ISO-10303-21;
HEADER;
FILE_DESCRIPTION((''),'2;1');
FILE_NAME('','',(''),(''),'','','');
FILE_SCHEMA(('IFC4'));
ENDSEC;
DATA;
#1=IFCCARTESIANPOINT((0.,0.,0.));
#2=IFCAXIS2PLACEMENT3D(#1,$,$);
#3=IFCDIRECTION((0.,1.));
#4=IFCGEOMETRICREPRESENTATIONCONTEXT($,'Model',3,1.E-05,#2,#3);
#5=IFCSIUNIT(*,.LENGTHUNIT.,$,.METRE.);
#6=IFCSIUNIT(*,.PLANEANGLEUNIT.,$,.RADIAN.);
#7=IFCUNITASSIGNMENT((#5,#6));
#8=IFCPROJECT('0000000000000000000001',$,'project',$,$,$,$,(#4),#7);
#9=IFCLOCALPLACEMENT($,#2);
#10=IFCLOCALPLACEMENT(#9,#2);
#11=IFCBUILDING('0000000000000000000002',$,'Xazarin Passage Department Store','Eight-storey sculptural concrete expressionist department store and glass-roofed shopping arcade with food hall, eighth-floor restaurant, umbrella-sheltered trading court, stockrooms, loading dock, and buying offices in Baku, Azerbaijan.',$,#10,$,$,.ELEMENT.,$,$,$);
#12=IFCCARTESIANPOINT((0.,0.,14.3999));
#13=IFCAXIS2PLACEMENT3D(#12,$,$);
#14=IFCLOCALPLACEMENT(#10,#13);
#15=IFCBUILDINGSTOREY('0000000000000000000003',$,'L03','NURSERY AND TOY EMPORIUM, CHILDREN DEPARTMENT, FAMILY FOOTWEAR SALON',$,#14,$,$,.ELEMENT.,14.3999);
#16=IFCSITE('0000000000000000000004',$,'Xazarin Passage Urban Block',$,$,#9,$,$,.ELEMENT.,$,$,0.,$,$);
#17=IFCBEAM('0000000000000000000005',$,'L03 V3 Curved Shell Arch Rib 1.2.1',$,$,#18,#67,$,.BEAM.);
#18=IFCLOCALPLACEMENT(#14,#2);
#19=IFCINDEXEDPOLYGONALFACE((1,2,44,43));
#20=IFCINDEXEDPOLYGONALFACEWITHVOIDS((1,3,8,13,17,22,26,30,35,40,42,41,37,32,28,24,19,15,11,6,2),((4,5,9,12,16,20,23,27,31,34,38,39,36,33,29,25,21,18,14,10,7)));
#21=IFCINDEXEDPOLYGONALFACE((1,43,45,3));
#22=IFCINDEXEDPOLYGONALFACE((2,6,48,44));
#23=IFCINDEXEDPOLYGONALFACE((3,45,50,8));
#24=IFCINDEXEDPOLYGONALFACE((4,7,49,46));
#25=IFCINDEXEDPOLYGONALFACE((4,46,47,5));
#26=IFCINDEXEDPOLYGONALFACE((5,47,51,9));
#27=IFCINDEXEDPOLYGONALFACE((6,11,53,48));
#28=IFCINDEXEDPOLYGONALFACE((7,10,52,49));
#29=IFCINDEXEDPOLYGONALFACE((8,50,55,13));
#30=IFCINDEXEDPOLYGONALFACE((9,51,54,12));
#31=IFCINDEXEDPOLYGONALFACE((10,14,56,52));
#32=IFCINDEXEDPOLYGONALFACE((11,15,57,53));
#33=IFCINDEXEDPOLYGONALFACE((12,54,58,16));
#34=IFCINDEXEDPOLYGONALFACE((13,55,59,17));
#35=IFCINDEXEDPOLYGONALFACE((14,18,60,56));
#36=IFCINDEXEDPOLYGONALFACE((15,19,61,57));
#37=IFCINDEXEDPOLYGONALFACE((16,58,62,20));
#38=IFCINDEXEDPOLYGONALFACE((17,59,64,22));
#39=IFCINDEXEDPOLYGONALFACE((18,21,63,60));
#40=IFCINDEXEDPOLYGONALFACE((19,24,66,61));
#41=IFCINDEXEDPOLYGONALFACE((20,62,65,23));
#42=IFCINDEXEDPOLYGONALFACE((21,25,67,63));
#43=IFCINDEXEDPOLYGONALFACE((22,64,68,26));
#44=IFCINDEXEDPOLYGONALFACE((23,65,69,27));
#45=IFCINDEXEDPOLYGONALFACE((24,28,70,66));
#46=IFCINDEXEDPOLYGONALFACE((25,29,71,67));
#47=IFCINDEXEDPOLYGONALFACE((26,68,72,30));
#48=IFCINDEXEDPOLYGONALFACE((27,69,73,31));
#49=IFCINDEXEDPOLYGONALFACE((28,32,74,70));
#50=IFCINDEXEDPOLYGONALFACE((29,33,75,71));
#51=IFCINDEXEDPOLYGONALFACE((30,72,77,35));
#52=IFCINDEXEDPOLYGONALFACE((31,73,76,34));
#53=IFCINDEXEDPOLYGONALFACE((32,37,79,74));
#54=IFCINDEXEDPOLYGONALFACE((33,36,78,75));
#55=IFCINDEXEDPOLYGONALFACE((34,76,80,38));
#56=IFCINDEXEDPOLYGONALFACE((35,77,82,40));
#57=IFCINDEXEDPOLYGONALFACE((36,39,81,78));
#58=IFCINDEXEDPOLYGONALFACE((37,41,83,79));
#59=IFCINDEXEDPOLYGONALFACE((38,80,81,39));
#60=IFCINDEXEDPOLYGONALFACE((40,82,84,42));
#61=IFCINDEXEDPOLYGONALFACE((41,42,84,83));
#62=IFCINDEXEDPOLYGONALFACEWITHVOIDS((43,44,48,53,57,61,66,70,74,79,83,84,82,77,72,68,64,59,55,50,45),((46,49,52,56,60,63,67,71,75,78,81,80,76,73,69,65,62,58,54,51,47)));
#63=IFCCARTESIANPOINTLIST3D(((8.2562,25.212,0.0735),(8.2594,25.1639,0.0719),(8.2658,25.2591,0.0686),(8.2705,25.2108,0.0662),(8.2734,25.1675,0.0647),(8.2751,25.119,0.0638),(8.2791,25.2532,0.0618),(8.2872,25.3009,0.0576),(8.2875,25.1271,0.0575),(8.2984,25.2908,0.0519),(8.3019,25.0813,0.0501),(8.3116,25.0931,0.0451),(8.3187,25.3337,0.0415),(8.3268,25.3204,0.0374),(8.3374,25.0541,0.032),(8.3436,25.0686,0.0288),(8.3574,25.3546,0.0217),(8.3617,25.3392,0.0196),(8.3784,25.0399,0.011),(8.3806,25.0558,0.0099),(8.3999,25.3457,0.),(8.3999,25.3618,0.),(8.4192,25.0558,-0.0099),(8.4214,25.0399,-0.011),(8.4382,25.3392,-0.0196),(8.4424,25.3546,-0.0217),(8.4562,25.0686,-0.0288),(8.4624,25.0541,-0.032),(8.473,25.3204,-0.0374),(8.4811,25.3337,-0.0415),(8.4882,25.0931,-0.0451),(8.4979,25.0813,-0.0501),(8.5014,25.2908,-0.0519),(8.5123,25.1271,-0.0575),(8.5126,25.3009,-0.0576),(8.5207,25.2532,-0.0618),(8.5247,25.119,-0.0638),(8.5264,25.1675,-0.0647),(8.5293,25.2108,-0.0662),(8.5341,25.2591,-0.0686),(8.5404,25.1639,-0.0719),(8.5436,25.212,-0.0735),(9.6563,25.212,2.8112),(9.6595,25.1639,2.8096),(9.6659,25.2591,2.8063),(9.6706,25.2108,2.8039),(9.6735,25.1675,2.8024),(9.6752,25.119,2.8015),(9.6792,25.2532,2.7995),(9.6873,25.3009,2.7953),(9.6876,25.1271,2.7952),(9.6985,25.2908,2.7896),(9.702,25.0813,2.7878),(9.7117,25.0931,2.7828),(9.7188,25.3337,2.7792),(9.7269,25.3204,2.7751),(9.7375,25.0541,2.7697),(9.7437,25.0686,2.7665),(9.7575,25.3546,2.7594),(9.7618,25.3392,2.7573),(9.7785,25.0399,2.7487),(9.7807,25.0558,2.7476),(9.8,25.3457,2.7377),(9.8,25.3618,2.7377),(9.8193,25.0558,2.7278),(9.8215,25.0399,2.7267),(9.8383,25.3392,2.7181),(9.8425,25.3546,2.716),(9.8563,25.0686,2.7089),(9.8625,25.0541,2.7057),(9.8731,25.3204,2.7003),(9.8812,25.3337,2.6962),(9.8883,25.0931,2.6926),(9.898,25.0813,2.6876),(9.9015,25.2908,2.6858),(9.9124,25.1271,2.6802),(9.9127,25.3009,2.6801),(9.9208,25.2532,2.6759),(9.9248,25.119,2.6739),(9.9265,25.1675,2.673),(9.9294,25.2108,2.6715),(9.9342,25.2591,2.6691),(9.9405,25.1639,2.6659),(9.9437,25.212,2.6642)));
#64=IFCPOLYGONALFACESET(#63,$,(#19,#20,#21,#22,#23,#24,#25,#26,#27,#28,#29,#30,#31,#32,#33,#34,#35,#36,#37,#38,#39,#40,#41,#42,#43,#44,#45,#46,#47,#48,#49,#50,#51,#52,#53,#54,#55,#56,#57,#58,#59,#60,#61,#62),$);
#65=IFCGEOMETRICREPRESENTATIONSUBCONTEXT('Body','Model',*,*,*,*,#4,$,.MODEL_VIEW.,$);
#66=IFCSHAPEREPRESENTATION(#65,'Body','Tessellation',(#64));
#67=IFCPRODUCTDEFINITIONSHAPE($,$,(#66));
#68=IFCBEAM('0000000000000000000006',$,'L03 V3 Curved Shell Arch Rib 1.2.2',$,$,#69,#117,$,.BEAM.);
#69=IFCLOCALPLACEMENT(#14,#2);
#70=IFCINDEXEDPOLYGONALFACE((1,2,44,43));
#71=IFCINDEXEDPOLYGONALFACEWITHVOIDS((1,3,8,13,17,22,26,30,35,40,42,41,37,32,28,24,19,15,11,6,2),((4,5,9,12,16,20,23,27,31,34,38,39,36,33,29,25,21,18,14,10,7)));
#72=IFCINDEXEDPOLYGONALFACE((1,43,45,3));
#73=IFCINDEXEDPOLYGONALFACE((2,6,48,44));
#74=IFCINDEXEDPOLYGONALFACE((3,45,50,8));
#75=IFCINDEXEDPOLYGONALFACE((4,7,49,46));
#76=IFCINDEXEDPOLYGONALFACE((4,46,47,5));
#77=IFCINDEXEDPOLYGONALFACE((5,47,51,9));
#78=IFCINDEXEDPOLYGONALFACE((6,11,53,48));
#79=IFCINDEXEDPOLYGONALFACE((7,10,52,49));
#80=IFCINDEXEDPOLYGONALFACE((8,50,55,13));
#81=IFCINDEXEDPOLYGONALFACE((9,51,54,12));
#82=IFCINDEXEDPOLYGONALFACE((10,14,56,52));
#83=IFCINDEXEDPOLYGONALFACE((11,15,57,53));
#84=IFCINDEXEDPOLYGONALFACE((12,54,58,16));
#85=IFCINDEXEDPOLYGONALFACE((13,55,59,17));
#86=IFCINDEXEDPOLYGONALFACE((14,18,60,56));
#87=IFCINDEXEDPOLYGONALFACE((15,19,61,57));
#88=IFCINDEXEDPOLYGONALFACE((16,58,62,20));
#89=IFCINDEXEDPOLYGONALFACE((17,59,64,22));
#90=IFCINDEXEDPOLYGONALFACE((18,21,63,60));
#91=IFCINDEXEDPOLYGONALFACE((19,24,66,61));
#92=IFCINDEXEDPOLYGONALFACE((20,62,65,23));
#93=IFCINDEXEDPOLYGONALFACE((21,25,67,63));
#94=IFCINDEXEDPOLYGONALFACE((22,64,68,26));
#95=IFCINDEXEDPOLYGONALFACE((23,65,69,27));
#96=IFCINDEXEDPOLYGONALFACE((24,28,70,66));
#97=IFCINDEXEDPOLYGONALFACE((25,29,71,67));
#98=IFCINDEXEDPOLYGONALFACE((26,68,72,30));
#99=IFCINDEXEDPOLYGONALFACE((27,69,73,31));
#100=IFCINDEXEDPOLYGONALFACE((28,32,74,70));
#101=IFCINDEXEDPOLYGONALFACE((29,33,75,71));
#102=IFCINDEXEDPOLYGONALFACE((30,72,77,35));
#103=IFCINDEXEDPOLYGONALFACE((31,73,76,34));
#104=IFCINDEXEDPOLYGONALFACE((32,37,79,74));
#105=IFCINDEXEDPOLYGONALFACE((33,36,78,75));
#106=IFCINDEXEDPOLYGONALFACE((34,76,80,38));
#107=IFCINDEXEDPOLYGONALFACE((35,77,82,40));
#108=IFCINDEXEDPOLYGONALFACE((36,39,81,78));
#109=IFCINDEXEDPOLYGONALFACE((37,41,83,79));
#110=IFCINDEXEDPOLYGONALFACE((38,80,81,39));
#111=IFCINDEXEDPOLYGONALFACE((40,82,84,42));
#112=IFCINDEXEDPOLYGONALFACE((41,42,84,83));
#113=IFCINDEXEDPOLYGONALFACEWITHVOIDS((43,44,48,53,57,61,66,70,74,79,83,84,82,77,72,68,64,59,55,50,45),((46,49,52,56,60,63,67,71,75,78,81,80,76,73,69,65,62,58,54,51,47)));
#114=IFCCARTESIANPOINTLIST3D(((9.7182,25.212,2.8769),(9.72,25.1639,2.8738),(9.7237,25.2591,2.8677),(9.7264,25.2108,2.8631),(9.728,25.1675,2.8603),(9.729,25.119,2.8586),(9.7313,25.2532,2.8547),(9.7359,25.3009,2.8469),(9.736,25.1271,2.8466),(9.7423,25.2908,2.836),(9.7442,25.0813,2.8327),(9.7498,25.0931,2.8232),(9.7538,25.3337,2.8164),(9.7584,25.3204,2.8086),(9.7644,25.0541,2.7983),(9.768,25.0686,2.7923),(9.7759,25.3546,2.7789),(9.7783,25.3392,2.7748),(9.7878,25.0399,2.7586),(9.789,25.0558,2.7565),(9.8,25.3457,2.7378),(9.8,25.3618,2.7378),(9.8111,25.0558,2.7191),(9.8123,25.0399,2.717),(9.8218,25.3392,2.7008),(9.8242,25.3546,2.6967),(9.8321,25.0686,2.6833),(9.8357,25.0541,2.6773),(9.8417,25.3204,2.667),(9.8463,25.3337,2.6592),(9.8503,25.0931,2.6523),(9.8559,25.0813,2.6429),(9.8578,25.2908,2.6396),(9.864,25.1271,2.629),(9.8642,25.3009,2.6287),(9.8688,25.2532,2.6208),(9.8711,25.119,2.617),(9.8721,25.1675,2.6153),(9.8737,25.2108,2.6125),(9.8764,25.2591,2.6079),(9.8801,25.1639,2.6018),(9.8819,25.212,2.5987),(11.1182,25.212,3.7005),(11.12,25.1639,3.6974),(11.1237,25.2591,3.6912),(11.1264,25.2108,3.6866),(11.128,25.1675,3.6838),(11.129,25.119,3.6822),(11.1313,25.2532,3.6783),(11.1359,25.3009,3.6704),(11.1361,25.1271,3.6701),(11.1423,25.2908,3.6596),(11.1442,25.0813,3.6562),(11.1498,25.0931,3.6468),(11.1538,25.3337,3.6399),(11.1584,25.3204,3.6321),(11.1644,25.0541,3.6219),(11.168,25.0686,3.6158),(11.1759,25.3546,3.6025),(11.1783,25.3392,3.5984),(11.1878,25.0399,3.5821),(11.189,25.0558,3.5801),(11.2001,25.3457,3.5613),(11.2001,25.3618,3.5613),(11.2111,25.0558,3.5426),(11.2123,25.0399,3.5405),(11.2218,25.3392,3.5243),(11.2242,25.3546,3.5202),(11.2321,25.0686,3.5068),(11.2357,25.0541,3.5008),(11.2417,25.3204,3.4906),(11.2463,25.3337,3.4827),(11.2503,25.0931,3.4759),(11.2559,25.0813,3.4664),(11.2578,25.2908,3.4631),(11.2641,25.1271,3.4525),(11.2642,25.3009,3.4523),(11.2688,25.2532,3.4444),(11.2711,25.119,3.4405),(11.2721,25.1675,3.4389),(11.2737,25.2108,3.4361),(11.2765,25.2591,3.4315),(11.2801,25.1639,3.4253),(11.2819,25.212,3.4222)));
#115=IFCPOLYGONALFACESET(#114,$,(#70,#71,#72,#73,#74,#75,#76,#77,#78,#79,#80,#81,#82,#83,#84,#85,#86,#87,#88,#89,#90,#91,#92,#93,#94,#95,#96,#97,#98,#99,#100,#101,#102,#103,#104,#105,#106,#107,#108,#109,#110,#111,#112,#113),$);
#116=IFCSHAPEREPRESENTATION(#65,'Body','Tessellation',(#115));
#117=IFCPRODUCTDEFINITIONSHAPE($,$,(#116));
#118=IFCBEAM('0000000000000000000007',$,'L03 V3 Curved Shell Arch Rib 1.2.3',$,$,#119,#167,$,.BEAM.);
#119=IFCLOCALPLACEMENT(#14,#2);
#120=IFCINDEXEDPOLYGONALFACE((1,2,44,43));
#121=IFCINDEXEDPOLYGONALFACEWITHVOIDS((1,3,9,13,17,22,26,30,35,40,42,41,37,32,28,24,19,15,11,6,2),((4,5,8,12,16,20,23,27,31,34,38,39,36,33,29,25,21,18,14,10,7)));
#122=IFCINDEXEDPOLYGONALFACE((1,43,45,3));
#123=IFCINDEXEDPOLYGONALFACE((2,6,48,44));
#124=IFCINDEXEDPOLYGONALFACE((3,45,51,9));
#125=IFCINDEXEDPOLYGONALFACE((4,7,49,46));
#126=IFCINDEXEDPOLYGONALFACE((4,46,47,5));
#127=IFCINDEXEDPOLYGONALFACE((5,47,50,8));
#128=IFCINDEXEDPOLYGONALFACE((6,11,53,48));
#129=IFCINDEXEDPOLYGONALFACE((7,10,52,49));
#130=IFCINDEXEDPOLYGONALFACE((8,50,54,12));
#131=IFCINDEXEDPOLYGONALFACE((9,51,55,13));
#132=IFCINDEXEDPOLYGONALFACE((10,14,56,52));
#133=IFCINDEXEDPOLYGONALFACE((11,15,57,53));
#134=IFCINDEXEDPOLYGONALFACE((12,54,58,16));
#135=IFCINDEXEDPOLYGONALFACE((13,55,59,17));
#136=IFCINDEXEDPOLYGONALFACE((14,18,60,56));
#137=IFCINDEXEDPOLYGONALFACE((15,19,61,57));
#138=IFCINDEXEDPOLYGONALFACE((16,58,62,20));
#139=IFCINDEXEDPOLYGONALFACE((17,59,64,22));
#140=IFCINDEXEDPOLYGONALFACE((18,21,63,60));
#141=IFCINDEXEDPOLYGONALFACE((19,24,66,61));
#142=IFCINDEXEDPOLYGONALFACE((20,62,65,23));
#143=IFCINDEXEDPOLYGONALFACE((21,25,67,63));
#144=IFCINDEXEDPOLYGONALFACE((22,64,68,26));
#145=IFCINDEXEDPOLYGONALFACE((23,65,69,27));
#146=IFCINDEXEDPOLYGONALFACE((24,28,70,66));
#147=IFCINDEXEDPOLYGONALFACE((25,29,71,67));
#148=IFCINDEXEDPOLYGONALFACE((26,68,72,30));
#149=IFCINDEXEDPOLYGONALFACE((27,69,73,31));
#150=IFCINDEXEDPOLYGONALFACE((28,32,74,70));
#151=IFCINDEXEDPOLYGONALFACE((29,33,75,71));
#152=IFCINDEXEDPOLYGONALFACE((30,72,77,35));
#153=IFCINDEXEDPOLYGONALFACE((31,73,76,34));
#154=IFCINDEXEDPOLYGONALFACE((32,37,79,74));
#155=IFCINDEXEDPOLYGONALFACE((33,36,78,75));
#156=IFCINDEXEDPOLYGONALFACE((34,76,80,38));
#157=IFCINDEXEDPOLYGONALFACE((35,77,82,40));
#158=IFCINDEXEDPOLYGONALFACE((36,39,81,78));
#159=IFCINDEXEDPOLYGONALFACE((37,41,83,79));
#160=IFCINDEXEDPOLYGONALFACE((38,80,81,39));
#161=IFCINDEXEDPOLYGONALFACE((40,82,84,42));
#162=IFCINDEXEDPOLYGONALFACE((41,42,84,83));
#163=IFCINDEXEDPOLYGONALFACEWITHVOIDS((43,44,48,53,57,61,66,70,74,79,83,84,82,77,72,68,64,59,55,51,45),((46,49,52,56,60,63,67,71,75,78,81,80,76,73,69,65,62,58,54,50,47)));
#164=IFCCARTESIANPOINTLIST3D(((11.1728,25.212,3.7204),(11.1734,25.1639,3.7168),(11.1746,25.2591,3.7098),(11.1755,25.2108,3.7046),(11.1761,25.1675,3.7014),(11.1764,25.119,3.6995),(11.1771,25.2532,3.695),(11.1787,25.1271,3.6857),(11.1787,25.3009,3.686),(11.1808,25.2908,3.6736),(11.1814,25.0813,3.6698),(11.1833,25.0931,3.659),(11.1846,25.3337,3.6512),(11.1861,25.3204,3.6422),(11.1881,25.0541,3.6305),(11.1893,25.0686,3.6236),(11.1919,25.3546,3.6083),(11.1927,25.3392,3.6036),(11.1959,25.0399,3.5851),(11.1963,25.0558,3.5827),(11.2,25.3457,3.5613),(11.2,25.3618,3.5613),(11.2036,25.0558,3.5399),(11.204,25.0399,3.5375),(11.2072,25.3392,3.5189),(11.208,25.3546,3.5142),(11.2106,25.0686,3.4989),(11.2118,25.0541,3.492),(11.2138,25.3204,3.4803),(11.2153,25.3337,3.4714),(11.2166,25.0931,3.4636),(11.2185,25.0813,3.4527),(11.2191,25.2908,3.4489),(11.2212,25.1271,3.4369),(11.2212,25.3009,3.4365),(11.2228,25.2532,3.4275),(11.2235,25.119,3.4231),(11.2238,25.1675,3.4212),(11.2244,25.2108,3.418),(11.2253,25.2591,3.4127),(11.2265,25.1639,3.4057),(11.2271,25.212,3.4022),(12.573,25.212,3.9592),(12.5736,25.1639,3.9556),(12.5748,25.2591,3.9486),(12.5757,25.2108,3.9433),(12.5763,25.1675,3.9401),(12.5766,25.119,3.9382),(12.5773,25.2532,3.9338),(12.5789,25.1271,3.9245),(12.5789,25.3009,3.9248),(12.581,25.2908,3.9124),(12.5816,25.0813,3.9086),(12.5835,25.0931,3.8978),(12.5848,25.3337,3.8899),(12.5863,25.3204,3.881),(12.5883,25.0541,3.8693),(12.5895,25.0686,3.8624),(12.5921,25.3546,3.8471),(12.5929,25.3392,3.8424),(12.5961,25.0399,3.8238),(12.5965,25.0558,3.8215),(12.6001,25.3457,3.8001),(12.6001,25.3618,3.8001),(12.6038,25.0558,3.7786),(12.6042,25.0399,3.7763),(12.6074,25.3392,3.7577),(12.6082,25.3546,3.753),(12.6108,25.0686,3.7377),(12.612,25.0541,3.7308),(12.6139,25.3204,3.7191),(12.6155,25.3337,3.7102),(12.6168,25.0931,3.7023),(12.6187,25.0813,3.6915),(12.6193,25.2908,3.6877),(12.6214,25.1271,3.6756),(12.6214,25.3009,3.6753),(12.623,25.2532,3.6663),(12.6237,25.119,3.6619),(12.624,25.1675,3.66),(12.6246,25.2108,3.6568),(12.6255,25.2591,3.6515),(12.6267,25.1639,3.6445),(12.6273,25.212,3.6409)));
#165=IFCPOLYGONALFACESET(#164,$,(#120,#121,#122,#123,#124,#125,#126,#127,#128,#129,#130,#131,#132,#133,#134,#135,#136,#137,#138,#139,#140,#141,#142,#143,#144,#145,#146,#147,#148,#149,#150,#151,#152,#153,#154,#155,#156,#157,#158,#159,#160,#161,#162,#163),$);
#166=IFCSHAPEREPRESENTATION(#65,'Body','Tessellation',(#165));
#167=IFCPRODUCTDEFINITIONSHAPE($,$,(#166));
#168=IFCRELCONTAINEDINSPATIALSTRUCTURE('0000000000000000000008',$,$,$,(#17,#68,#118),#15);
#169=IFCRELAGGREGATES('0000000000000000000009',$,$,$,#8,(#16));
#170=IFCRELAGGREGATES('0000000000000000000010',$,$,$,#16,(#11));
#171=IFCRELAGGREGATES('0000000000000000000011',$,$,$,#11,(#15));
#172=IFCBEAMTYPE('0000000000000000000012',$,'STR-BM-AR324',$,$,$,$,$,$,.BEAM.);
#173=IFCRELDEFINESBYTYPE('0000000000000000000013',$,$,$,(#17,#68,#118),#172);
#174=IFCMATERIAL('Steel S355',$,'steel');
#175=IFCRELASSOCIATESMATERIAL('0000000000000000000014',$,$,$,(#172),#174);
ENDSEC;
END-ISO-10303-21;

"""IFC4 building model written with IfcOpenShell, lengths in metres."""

from ifc_helpers import new_model, si_unit, direction, frame, origin, origin_2d, place, context, subcontext, project, spatial, hollow_circle, extrude, material, material_profile, profile_set, type_object, element, save


model = new_model("IFC4")

# Units and contexts
model_context = context("Model", 3, precision=1e-05, world=origin(), true_north=direction((0.0, 1.0)))
body_context = subcontext(model_context, "Body", "Model", "MODEL_VIEW")
ifc_project = project(units=[si_unit("LENGTHUNIT", "METRE"), si_unit("PLANEANGLEUNIT", "RADIAN")], contexts=[model_context])

# Site, building, storey
site_placement = place(None, origin())
site = spatial("IfcSite", under=ifc_project, at=site_placement, Name="Xazarin Passage Urban Block", CompositionType="ELEMENT", RefElevation=0.0)
building_placement = place(site_placement, origin())
building = spatial("IfcBuilding", under=site, at=building_placement, Name="Xazarin Passage Department Store", Description="Eight-storey sculptural concrete expressionist department store and glass-roofed shopping arcade with food hall, eighth-floor restaurant, umbrella-sheltered trading court, stockrooms, loading dock, and buying offices in Baku, Azerbaijan.", CompositionType="ELEMENT")
storey_placement = place(building_placement, frame((0.0, 0.0, 14.3999)))
storey = spatial("IfcBuildingStorey", under=building, at=storey_placement, Name="L03", Description="NURSERY AND TOY EMPORIUM, CHILDREN DEPARTMENT, FAMILY FOOTWEAR SALON", CompositionType="ELEMENT", Elevation=14.3999)

# Beams
ifc_material_1 = material(Name="Steel S355", Category="steel")
ifc_material_profile_1 = material_profile(ifc_material_1, hollow_circle(Radius=0.1619, WallThickness=0.0161, at=origin_2d()), Name="CHS 323.9x16")
ifc_profile_set_1 = profile_set([ifc_material_profile_1], Name="Steel S355")
beam_type_1 = type_object("IfcBeamType", Name="STR-BM-AR324", PredefinedType="BEAM", material=ifc_profile_set_1)
beam_1_placement = place(storey_placement, frame((8.3999, 25.2, 0.0), z_axis=(0.455325, 0.0, 0.890325), x_axis=(0.0, 1.0, 0.0)))
element("IfcBeam", 1, at=beam_1_placement, inside=storey, type_object=beam_type_1, Name="L03 V3 Curved Shell Arch Rib 1.2.1", PredefinedType="BEAM", context=body_context, shape_type="SweptSolid", body=[
    extrude(hollow_circle(Radius=0.1619, WallThickness=0.0161, at=origin_2d()), origin(), (0.0, 0.0, 1.0), 3.075),
])
beam_2_placement = place(storey_placement, frame((9.8, 25.2, 2.7378), z_axis=(0.86193, 0.0, 0.507027), x_axis=(0.0, 1.0, 0.0)))
element("IfcBeam", 2, at=beam_2_placement, inside=storey, type_object=beam_type_1, Name="L03 V3 Curved Shell Arch Rib 1.2.2", PredefinedType="BEAM", context=body_context, shape_type="SweptSolid", body=[
    extrude(hollow_circle(Radius=0.1619, WallThickness=0.0161, at=origin_2d()), origin(), (0.0, 0.0, 1.0), 1.6243),
])
beam_3_placement = place(storey_placement, frame((11.2, 25.2, 3.5613), z_axis=(0.985769, 0.0, 0.168105), x_axis=(0.0, 1.0, 0.0)))
element("IfcBeam", 3, at=beam_3_placement, inside=storey, type_object=beam_type_1, Name="L03 V3 Curved Shell Arch Rib 1.2.3", PredefinedType="BEAM", context=body_context, shape_type="SweptSolid", body=[
    extrude(hollow_circle(Radius=0.1619, WallThickness=0.0161, at=origin_2d()), origin(), (0.0, 0.0, 1.0), 1.4204),
])

save(model, "model.ifc")
